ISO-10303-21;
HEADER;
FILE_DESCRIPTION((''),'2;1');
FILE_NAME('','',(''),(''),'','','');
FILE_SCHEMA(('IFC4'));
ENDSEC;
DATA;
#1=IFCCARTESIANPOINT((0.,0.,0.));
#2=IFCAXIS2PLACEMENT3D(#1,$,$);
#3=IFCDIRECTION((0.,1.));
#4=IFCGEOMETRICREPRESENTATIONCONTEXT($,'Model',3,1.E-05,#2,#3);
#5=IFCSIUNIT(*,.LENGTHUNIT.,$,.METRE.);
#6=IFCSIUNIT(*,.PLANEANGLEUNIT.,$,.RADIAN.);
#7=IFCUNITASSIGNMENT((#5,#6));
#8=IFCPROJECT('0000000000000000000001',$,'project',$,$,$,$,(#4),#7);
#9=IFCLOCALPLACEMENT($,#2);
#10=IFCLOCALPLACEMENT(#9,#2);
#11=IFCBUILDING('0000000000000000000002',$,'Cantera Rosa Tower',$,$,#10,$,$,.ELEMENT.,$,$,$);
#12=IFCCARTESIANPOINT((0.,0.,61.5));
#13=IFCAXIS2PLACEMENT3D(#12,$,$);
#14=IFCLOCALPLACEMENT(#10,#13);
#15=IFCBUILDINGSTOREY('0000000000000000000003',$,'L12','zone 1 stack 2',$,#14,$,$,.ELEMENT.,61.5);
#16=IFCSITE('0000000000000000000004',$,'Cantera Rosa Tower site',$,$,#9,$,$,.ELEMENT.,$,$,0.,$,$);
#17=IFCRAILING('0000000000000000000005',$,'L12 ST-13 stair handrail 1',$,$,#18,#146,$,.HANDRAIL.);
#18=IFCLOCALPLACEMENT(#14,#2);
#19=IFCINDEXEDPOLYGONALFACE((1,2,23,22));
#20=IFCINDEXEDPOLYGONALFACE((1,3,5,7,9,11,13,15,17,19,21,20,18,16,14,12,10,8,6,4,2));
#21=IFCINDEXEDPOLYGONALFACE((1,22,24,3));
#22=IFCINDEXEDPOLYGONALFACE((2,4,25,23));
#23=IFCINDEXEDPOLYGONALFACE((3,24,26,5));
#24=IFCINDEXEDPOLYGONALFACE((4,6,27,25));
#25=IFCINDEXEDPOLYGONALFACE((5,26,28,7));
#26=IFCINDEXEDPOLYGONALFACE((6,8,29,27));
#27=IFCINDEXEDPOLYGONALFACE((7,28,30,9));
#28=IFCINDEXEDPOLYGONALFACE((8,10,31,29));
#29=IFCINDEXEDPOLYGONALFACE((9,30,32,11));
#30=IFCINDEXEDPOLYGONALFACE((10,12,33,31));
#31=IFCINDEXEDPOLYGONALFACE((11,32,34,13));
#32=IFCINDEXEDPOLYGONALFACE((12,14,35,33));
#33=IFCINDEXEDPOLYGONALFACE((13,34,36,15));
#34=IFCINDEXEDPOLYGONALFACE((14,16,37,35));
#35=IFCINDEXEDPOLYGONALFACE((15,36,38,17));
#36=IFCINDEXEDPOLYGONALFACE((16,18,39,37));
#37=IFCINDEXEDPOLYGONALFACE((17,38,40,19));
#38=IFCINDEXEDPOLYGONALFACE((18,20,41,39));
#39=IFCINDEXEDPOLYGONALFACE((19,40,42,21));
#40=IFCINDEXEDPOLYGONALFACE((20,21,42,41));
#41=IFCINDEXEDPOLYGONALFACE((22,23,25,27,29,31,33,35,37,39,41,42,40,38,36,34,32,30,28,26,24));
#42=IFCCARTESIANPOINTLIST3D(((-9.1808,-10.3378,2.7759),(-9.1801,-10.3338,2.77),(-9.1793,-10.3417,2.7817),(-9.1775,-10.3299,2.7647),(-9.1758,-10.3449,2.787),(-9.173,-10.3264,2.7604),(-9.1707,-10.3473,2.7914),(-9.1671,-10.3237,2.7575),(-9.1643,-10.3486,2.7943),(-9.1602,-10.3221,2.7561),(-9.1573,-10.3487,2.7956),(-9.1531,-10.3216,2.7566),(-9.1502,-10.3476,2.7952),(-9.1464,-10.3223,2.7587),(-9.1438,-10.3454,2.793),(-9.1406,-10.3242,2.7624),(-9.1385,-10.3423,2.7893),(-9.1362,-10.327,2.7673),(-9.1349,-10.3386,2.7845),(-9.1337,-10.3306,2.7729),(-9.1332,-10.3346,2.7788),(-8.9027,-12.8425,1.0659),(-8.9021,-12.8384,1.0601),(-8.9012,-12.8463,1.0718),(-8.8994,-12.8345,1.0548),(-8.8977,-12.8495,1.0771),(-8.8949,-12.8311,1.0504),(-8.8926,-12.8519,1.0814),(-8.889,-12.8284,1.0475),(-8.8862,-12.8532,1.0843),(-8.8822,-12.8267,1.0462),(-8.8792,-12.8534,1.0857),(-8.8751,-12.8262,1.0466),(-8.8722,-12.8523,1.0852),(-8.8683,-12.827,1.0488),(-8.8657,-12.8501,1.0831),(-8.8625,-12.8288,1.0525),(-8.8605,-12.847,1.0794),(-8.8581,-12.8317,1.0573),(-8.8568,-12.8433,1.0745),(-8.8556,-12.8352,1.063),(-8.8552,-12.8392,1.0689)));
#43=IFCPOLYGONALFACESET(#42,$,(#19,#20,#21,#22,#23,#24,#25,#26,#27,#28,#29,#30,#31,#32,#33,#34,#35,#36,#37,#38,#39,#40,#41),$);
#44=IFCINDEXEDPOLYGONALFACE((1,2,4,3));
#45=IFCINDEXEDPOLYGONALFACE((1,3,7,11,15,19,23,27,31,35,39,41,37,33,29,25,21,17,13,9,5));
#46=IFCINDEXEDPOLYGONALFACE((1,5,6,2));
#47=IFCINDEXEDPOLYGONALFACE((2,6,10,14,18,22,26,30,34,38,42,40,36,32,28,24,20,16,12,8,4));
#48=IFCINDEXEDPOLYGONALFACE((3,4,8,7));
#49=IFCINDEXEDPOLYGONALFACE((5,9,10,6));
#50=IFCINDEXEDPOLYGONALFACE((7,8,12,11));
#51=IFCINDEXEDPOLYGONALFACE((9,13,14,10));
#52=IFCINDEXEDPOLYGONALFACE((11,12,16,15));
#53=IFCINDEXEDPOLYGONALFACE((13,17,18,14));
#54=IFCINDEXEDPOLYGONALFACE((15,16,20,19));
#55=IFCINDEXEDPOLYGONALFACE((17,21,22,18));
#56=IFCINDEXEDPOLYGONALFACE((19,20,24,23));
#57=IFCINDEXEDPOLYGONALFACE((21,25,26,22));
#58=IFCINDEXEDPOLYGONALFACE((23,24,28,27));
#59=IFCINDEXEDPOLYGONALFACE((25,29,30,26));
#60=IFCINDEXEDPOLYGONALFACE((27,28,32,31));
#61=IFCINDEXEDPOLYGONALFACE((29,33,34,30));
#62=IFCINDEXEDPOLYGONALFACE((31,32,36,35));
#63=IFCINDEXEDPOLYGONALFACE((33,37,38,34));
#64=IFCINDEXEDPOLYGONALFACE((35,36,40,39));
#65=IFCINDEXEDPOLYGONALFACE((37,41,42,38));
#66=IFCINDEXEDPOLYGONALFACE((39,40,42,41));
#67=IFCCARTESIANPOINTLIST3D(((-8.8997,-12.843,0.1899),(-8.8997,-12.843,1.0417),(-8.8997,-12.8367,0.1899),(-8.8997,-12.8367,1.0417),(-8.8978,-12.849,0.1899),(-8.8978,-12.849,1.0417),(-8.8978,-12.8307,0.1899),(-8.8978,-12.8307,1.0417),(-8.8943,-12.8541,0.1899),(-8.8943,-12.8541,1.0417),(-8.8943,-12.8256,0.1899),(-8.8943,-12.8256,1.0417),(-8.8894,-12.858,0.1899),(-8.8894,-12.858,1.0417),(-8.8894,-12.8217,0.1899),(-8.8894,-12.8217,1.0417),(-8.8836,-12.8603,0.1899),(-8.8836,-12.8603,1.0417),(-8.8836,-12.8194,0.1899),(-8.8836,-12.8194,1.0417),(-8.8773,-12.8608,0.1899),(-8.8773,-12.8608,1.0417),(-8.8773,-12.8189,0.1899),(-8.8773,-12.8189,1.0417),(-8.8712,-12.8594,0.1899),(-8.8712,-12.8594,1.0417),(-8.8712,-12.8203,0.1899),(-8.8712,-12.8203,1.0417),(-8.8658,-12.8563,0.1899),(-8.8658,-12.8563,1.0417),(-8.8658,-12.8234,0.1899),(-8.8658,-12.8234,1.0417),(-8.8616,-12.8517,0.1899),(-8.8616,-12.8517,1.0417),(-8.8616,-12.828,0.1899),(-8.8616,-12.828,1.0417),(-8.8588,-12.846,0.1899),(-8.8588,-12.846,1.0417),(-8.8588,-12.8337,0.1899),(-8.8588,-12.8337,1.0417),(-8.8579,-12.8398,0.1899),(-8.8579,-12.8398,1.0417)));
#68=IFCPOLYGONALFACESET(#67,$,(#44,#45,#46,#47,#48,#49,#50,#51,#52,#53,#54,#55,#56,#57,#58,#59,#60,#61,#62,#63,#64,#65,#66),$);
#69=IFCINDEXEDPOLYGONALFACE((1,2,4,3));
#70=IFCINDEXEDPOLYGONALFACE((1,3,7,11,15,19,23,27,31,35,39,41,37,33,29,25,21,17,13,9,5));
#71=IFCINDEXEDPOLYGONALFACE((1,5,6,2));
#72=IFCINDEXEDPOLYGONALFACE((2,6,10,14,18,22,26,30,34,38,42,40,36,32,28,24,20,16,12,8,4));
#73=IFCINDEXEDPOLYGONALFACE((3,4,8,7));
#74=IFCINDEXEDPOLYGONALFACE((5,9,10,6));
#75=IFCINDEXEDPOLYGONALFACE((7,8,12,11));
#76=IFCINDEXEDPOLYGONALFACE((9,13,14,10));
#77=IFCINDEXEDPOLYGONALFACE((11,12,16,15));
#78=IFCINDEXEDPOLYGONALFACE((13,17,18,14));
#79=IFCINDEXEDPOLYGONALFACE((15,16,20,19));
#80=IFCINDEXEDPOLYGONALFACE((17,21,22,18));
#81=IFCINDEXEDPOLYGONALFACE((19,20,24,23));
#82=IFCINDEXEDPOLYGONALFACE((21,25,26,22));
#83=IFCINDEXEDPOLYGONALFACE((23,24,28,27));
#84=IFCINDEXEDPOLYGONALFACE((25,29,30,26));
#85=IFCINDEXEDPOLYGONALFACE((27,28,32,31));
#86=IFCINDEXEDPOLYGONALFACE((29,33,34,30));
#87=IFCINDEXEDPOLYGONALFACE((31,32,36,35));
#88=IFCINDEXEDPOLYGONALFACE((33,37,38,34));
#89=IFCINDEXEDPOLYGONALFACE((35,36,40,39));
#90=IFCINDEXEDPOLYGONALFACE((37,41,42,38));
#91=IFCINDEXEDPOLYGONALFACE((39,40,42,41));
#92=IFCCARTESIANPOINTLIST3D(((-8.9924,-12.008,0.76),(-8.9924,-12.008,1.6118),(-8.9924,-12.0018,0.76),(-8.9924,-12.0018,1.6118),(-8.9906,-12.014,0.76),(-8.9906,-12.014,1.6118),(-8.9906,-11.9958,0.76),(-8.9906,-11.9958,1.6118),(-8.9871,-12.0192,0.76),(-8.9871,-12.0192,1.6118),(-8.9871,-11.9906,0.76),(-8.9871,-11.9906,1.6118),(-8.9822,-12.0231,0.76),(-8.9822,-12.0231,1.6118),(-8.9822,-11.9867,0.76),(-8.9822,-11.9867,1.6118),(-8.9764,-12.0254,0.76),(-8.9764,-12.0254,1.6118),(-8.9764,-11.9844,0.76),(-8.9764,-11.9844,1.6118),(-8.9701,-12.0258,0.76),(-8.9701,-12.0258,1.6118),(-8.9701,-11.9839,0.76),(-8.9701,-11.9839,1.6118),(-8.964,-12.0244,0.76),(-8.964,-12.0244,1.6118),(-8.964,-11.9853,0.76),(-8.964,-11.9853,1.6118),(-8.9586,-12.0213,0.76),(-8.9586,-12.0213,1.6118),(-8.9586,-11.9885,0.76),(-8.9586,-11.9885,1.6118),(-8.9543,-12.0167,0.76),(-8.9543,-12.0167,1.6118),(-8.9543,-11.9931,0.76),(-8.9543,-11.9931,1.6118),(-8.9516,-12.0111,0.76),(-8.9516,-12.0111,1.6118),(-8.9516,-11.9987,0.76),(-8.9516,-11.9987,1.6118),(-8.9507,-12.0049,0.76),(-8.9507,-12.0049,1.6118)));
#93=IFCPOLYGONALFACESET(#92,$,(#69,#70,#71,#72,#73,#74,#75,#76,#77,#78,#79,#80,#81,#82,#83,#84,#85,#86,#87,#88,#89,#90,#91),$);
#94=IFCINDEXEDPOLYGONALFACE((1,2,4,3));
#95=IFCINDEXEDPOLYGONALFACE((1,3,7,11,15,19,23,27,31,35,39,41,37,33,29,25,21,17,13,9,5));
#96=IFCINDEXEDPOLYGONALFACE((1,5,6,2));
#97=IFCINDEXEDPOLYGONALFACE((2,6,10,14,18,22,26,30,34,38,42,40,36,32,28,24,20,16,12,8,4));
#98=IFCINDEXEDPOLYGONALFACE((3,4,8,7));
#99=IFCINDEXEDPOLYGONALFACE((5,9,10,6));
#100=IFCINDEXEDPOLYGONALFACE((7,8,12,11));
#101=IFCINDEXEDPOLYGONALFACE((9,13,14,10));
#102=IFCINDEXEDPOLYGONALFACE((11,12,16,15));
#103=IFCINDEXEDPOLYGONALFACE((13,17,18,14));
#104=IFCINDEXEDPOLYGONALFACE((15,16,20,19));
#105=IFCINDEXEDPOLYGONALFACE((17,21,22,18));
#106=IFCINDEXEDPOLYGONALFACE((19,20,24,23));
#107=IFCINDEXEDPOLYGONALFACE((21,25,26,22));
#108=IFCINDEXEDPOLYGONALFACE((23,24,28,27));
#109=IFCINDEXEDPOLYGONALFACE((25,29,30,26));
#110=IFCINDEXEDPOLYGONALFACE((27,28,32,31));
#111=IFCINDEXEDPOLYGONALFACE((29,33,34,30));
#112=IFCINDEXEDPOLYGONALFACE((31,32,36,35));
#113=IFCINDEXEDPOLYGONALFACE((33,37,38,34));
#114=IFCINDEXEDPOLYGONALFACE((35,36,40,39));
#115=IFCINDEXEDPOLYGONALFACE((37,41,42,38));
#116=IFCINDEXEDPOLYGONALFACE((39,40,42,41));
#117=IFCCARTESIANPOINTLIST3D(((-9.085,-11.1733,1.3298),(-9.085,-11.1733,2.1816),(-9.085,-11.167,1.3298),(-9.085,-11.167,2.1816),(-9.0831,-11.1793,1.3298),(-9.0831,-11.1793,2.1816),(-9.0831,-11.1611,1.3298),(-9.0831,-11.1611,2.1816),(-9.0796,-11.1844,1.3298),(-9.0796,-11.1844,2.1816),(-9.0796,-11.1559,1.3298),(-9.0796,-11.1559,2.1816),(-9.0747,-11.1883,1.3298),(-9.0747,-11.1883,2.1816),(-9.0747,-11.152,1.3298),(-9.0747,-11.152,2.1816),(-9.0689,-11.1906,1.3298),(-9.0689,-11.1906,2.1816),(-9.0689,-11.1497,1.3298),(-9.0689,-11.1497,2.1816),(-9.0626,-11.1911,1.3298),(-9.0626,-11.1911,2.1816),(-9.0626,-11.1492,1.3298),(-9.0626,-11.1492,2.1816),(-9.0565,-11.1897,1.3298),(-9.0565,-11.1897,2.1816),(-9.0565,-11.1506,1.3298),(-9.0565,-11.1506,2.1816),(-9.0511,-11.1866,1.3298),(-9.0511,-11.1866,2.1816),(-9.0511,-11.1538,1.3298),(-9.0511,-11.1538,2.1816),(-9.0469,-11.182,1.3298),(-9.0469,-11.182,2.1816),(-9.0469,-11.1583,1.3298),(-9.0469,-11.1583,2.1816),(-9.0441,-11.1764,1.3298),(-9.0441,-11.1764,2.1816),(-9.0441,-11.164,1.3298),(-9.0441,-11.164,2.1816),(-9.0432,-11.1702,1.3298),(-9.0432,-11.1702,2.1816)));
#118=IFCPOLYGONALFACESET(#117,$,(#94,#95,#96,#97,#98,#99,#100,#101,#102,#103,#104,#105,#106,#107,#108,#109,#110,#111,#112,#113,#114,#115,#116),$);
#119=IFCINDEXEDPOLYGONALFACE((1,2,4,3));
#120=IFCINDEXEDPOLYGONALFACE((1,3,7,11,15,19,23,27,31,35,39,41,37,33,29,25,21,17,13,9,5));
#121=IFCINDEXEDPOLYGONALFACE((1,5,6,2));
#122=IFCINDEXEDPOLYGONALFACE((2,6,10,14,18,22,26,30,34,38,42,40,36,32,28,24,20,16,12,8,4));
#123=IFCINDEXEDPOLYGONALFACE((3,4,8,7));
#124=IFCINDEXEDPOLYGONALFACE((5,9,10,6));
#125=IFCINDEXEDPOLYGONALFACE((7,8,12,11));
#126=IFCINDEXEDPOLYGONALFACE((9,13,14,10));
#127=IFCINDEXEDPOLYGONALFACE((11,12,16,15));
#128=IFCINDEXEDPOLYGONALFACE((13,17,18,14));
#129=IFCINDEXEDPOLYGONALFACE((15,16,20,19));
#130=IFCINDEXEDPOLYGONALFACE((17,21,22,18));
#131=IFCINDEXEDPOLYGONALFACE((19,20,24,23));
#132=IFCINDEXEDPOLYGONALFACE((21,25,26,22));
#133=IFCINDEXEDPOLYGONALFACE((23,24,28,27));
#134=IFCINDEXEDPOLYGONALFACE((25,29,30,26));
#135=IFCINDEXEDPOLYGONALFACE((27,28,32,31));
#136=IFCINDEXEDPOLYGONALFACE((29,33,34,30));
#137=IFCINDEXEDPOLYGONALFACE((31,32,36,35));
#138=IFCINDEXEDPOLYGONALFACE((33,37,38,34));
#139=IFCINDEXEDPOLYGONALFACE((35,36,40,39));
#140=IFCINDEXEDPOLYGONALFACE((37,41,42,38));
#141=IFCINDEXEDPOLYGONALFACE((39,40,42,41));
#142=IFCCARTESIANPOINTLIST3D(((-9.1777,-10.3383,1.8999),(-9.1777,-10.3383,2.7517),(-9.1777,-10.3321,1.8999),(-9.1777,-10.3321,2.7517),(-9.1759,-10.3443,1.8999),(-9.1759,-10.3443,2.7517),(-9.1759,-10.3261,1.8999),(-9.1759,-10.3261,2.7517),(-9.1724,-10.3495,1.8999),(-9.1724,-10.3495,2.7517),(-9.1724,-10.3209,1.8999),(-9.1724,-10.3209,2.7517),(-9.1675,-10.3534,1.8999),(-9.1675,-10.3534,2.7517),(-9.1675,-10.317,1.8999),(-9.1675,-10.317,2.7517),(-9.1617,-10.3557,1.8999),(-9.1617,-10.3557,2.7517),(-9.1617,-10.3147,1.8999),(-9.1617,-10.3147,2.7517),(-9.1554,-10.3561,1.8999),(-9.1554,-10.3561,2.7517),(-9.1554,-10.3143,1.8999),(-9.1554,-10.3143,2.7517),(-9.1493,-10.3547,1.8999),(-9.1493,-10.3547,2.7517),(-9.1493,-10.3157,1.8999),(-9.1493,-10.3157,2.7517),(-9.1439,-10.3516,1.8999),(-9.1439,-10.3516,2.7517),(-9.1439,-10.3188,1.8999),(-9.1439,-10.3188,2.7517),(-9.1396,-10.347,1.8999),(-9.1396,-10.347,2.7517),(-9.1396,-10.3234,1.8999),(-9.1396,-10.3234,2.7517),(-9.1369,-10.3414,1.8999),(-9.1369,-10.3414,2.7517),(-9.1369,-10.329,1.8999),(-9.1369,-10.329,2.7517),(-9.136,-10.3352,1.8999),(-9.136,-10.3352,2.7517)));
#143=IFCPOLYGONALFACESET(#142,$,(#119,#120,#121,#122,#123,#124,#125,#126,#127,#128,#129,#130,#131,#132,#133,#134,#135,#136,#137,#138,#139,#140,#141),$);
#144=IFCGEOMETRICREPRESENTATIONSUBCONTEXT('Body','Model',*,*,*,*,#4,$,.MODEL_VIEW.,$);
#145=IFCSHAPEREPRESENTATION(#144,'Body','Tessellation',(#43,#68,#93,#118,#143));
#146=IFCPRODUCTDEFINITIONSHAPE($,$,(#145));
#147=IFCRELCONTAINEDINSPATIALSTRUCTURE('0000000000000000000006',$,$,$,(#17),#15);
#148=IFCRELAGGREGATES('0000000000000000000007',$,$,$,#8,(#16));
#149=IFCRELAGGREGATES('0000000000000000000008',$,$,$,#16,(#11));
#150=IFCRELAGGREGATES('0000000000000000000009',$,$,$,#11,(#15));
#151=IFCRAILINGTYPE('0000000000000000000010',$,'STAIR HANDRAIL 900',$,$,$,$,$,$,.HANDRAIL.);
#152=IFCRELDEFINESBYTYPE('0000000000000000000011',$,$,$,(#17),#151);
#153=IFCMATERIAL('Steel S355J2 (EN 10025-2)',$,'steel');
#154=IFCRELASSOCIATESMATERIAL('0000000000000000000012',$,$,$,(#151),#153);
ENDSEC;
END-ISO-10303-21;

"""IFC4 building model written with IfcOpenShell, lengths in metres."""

from ifc_helpers import new_model, si_unit, direction, frame, origin, origin_2d, place, context, subcontext, project, spatial, circle, extrude, material, type_object, element, save


model = new_model("IFC4")

# Units and contexts
model_context = context("Model", 3, precision=1e-05, world=origin(), true_north=direction((0.0, 1.0)))
body_context = subcontext(model_context, "Body", "Model", "MODEL_VIEW")
ifc_project = project(units=[si_unit("LENGTHUNIT", "METRE"), si_unit("PLANEANGLEUNIT", "RADIAN")], contexts=[model_context])

# Site, building, storey
site_placement = place(None, origin())
site = spatial("IfcSite", under=ifc_project, at=site_placement, Name="Cantera Rosa Tower site", CompositionType="ELEMENT", RefElevation=0.0)
building_placement = place(site_placement, origin())
building = spatial("IfcBuilding", under=site, at=building_placement, Name="Cantera Rosa Tower", CompositionType="ELEMENT")
storey_placement = place(building_placement, frame((0.0, 0.0, 61.5)))
storey = spatial("IfcBuildingStorey", under=building, at=storey_placement, Name="L12", Description="zone 1 stack 2", CompositionType="ELEMENT", Elevation=61.5)

# Railing
ifc_material_1 = material(Name="Steel S355J2 (EN 10025-2)", Category="steel")
railing_type_1 = type_object("IfcRailingType", Name="STAIR HANDRAIL 900", PredefinedType="HANDRAIL", material=ifc_material_1)
railing_1_placement = place(storey_placement, frame((-8.8789, -12.8398, 0.1899)))
element("IfcRailing", 1, at=railing_1_placement, inside=storey, type_object=railing_type_1, Name="L12 ST-13 stair handrail 1", PredefinedType="HANDRAIL", context=body_context, shape_type="SweptSolid", body=[
    extrude(circle(Radius=0.0239, at=origin_2d()), frame((0.0, 0.0, 0.876), z_axis=(-0.09131, 0.822431, 0.561488), x_axis=(-0.993893, -0.110346, 0.0)), (0.0, 0.0, 1.0), 3.0454),
    extrude(circle(Radius=0.021, at=origin_2d()), origin(), (0.0, 0.0, 1.0), 0.8518),
    extrude(circle(Radius=0.021, at=origin_2d()), frame((-0.0928, 0.835, 0.5701)), (0.0, 0.0, 1.0), 0.8518),
    extrude(circle(Radius=0.021, at=origin_2d()), frame((-0.1853, 1.6697, 1.1399)), (0.0, 0.0, 1.0), 0.8518),
    extrude(circle(Radius=0.021, at=origin_2d()), frame((-0.2781, 2.5046, 1.71)), (0.0, 0.0, 1.0), 0.8518),
])

save(model, "model.ifc")
